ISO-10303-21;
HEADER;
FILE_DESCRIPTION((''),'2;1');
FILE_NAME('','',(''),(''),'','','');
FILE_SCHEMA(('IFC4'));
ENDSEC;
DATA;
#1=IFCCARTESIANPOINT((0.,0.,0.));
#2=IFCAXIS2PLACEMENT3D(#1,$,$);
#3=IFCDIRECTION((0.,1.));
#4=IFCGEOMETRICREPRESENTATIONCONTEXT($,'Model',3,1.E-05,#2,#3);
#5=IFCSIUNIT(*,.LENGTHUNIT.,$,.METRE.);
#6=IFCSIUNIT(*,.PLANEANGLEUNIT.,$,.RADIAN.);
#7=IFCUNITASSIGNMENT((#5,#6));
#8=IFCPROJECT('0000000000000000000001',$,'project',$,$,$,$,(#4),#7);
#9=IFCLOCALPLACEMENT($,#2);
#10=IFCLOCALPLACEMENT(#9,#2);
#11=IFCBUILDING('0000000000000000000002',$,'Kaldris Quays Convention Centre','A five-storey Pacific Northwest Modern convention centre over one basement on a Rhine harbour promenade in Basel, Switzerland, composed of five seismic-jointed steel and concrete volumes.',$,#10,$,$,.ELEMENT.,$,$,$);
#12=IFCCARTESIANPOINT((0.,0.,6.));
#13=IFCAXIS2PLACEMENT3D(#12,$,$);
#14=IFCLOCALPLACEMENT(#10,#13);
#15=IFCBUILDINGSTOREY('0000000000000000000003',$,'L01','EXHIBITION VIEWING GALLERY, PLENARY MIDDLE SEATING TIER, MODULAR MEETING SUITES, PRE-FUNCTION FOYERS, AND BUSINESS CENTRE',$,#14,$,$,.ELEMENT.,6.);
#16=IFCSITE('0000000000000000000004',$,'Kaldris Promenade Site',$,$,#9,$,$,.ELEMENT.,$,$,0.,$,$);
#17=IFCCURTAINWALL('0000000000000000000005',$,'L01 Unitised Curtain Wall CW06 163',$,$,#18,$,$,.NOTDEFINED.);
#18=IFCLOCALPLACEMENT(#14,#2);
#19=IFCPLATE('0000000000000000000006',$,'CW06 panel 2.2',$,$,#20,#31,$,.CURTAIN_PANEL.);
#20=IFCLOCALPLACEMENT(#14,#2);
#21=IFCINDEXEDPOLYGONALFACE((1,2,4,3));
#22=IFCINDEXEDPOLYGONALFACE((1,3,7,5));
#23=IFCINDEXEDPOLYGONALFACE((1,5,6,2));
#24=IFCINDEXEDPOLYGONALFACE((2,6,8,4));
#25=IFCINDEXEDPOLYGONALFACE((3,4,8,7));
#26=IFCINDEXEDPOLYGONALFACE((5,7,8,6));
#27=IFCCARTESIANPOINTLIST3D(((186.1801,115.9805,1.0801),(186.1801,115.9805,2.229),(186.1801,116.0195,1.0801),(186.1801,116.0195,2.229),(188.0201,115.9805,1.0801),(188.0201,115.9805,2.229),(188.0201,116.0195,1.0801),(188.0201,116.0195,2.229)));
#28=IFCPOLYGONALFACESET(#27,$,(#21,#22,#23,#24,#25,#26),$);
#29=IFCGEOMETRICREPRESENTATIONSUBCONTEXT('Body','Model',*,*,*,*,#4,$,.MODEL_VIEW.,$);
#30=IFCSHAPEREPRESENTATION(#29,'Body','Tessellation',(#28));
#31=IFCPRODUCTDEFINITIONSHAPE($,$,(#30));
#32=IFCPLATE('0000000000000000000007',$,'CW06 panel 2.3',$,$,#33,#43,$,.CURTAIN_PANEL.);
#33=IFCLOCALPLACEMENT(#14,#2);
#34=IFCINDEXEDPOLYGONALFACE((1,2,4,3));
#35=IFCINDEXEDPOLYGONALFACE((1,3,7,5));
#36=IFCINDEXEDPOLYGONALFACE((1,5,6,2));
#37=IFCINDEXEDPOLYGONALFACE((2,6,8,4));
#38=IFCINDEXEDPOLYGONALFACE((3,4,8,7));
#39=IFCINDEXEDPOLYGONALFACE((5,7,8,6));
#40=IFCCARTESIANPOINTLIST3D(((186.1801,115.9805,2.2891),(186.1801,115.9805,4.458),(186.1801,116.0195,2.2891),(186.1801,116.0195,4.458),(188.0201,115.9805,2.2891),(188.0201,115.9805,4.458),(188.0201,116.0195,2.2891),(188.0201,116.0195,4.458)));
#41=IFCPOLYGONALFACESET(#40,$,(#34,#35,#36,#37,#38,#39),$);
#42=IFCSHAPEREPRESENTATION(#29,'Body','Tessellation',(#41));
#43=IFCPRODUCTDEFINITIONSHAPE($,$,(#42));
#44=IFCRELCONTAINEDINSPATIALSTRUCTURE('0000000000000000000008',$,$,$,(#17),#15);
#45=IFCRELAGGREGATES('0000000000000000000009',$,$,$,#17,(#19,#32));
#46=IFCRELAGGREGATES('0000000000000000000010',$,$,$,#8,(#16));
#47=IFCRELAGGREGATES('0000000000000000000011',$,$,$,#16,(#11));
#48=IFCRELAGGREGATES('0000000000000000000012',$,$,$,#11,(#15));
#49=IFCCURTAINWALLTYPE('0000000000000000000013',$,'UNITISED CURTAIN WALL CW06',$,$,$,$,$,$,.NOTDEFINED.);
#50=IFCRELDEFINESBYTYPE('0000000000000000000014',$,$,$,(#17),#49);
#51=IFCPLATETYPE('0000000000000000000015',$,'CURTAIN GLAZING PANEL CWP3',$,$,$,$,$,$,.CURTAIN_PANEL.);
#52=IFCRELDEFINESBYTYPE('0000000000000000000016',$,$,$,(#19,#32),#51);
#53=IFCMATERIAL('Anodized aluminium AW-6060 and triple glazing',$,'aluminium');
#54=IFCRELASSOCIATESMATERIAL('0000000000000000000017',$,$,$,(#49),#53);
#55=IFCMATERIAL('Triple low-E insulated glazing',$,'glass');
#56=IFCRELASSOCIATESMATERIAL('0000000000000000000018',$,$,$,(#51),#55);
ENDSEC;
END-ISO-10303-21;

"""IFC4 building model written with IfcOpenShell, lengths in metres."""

from ifc_helpers import new_model, si_unit, direction, frame, origin, origin_2d, place, context, subcontext, project, spatial, rectangle, extrude, material, type_object, element, aggregate, save


model = new_model("IFC4")

# Units and contexts
model_context = context("Model", 3, precision=1e-05, world=origin(), true_north=direction((0.0, 1.0)))
body_context = subcontext(model_context, "Body", "Model", "MODEL_VIEW")
ifc_project = project(units=[si_unit("LENGTHUNIT", "METRE"), si_unit("PLANEANGLEUNIT", "RADIAN")], contexts=[model_context])

# Site, building, storey
site_placement = place(None, origin())
site = spatial("IfcSite", under=ifc_project, at=site_placement, Name="Kaldris Promenade Site", CompositionType="ELEMENT", RefElevation=0.0)
building_placement = place(site_placement, origin())
building = spatial("IfcBuilding", under=site, at=building_placement, Name="Kaldris Quays Convention Centre", Description="A five-storey Pacific Northwest Modern convention centre over one basement on a Rhine harbour promenade in Basel, Switzerland, composed of five seismic-jointed steel and concrete volumes.", CompositionType="ELEMENT")
storey_placement = place(building_placement, frame((0.0, 0.0, 6.0)))
storey = spatial("IfcBuildingStorey", under=building, at=storey_placement, Name="L01", Description="EXHIBITION VIEWING GALLERY, PLENARY MIDDLE SEATING TIER, MODULAR MEETING SUITES, PRE-FUNCTION FOYERS, AND BUSINESS CENTRE", CompositionType="ELEMENT", Elevation=6.0)

# Shared definitions
ifc_material_1 = material(Name="Anodized aluminium AW-6060 and triple glazing", Category="aluminium")
curtain_wall_type = type_object("IfcCurtainWallType", Name="UNITISED CURTAIN WALL CW06", PredefinedType="NOTDEFINED", material=ifc_material_1)

# Curtain wall
curtain_wall_1_placement = place(storey_placement, origin())
curtain_wall_1 = element("IfcCurtainWall", 1, at=curtain_wall_1_placement, inside=storey, type_object=curtain_wall_type, Name="L01 Unitised Curtain Wall CW06 163", PredefinedType="NOTDEFINED")

# Plates
ifc_material_2 = material(Name="Triple low-E insulated glazing", Category="glass")
plate_type = type_object("IfcPlateType", Name="CURTAIN GLAZING PANEL CWP3", PredefinedType="CURTAIN_PANEL", material=ifc_material_2)
plate_1_placement = place(storey_placement, frame((187.1001, 116.0, 1.0801), z_axis=(0.0, 0.0, 1.0), x_axis=(1.0, 0.0, 0.0)))
plate_1 = element("IfcPlate", 2, at=plate_1_placement, type_object=plate_type, Name="CW06 panel 2.2", PredefinedType="CURTAIN_PANEL", context=body_context, shape_type="SweptSolid", body=[
    extrude(rectangle(XDim=1.8401, YDim=0.0391, at=origin_2d()), origin(), (0.0, 0.0, 1.0), 1.1489),
])
plate_2_placement = place(storey_placement, frame((187.1001, 116.0, 2.2891), z_axis=(0.0, 0.0, 1.0), x_axis=(1.0, 0.0, 0.0)))
plate_2 = element("IfcPlate", 3, at=plate_2_placement, type_object=plate_type, Name="CW06 panel 2.3", PredefinedType="CURTAIN_PANEL", context=body_context, shape_type="SweptSolid", body=[
    extrude(rectangle(XDim=1.8401, YDim=0.0391, at=origin_2d()), origin(), (0.0, 0.0, 1.0), 2.1689),
])
aggregate(curtain_wall_1, [plate_1, plate_2])

save(model, "model.ifc")
